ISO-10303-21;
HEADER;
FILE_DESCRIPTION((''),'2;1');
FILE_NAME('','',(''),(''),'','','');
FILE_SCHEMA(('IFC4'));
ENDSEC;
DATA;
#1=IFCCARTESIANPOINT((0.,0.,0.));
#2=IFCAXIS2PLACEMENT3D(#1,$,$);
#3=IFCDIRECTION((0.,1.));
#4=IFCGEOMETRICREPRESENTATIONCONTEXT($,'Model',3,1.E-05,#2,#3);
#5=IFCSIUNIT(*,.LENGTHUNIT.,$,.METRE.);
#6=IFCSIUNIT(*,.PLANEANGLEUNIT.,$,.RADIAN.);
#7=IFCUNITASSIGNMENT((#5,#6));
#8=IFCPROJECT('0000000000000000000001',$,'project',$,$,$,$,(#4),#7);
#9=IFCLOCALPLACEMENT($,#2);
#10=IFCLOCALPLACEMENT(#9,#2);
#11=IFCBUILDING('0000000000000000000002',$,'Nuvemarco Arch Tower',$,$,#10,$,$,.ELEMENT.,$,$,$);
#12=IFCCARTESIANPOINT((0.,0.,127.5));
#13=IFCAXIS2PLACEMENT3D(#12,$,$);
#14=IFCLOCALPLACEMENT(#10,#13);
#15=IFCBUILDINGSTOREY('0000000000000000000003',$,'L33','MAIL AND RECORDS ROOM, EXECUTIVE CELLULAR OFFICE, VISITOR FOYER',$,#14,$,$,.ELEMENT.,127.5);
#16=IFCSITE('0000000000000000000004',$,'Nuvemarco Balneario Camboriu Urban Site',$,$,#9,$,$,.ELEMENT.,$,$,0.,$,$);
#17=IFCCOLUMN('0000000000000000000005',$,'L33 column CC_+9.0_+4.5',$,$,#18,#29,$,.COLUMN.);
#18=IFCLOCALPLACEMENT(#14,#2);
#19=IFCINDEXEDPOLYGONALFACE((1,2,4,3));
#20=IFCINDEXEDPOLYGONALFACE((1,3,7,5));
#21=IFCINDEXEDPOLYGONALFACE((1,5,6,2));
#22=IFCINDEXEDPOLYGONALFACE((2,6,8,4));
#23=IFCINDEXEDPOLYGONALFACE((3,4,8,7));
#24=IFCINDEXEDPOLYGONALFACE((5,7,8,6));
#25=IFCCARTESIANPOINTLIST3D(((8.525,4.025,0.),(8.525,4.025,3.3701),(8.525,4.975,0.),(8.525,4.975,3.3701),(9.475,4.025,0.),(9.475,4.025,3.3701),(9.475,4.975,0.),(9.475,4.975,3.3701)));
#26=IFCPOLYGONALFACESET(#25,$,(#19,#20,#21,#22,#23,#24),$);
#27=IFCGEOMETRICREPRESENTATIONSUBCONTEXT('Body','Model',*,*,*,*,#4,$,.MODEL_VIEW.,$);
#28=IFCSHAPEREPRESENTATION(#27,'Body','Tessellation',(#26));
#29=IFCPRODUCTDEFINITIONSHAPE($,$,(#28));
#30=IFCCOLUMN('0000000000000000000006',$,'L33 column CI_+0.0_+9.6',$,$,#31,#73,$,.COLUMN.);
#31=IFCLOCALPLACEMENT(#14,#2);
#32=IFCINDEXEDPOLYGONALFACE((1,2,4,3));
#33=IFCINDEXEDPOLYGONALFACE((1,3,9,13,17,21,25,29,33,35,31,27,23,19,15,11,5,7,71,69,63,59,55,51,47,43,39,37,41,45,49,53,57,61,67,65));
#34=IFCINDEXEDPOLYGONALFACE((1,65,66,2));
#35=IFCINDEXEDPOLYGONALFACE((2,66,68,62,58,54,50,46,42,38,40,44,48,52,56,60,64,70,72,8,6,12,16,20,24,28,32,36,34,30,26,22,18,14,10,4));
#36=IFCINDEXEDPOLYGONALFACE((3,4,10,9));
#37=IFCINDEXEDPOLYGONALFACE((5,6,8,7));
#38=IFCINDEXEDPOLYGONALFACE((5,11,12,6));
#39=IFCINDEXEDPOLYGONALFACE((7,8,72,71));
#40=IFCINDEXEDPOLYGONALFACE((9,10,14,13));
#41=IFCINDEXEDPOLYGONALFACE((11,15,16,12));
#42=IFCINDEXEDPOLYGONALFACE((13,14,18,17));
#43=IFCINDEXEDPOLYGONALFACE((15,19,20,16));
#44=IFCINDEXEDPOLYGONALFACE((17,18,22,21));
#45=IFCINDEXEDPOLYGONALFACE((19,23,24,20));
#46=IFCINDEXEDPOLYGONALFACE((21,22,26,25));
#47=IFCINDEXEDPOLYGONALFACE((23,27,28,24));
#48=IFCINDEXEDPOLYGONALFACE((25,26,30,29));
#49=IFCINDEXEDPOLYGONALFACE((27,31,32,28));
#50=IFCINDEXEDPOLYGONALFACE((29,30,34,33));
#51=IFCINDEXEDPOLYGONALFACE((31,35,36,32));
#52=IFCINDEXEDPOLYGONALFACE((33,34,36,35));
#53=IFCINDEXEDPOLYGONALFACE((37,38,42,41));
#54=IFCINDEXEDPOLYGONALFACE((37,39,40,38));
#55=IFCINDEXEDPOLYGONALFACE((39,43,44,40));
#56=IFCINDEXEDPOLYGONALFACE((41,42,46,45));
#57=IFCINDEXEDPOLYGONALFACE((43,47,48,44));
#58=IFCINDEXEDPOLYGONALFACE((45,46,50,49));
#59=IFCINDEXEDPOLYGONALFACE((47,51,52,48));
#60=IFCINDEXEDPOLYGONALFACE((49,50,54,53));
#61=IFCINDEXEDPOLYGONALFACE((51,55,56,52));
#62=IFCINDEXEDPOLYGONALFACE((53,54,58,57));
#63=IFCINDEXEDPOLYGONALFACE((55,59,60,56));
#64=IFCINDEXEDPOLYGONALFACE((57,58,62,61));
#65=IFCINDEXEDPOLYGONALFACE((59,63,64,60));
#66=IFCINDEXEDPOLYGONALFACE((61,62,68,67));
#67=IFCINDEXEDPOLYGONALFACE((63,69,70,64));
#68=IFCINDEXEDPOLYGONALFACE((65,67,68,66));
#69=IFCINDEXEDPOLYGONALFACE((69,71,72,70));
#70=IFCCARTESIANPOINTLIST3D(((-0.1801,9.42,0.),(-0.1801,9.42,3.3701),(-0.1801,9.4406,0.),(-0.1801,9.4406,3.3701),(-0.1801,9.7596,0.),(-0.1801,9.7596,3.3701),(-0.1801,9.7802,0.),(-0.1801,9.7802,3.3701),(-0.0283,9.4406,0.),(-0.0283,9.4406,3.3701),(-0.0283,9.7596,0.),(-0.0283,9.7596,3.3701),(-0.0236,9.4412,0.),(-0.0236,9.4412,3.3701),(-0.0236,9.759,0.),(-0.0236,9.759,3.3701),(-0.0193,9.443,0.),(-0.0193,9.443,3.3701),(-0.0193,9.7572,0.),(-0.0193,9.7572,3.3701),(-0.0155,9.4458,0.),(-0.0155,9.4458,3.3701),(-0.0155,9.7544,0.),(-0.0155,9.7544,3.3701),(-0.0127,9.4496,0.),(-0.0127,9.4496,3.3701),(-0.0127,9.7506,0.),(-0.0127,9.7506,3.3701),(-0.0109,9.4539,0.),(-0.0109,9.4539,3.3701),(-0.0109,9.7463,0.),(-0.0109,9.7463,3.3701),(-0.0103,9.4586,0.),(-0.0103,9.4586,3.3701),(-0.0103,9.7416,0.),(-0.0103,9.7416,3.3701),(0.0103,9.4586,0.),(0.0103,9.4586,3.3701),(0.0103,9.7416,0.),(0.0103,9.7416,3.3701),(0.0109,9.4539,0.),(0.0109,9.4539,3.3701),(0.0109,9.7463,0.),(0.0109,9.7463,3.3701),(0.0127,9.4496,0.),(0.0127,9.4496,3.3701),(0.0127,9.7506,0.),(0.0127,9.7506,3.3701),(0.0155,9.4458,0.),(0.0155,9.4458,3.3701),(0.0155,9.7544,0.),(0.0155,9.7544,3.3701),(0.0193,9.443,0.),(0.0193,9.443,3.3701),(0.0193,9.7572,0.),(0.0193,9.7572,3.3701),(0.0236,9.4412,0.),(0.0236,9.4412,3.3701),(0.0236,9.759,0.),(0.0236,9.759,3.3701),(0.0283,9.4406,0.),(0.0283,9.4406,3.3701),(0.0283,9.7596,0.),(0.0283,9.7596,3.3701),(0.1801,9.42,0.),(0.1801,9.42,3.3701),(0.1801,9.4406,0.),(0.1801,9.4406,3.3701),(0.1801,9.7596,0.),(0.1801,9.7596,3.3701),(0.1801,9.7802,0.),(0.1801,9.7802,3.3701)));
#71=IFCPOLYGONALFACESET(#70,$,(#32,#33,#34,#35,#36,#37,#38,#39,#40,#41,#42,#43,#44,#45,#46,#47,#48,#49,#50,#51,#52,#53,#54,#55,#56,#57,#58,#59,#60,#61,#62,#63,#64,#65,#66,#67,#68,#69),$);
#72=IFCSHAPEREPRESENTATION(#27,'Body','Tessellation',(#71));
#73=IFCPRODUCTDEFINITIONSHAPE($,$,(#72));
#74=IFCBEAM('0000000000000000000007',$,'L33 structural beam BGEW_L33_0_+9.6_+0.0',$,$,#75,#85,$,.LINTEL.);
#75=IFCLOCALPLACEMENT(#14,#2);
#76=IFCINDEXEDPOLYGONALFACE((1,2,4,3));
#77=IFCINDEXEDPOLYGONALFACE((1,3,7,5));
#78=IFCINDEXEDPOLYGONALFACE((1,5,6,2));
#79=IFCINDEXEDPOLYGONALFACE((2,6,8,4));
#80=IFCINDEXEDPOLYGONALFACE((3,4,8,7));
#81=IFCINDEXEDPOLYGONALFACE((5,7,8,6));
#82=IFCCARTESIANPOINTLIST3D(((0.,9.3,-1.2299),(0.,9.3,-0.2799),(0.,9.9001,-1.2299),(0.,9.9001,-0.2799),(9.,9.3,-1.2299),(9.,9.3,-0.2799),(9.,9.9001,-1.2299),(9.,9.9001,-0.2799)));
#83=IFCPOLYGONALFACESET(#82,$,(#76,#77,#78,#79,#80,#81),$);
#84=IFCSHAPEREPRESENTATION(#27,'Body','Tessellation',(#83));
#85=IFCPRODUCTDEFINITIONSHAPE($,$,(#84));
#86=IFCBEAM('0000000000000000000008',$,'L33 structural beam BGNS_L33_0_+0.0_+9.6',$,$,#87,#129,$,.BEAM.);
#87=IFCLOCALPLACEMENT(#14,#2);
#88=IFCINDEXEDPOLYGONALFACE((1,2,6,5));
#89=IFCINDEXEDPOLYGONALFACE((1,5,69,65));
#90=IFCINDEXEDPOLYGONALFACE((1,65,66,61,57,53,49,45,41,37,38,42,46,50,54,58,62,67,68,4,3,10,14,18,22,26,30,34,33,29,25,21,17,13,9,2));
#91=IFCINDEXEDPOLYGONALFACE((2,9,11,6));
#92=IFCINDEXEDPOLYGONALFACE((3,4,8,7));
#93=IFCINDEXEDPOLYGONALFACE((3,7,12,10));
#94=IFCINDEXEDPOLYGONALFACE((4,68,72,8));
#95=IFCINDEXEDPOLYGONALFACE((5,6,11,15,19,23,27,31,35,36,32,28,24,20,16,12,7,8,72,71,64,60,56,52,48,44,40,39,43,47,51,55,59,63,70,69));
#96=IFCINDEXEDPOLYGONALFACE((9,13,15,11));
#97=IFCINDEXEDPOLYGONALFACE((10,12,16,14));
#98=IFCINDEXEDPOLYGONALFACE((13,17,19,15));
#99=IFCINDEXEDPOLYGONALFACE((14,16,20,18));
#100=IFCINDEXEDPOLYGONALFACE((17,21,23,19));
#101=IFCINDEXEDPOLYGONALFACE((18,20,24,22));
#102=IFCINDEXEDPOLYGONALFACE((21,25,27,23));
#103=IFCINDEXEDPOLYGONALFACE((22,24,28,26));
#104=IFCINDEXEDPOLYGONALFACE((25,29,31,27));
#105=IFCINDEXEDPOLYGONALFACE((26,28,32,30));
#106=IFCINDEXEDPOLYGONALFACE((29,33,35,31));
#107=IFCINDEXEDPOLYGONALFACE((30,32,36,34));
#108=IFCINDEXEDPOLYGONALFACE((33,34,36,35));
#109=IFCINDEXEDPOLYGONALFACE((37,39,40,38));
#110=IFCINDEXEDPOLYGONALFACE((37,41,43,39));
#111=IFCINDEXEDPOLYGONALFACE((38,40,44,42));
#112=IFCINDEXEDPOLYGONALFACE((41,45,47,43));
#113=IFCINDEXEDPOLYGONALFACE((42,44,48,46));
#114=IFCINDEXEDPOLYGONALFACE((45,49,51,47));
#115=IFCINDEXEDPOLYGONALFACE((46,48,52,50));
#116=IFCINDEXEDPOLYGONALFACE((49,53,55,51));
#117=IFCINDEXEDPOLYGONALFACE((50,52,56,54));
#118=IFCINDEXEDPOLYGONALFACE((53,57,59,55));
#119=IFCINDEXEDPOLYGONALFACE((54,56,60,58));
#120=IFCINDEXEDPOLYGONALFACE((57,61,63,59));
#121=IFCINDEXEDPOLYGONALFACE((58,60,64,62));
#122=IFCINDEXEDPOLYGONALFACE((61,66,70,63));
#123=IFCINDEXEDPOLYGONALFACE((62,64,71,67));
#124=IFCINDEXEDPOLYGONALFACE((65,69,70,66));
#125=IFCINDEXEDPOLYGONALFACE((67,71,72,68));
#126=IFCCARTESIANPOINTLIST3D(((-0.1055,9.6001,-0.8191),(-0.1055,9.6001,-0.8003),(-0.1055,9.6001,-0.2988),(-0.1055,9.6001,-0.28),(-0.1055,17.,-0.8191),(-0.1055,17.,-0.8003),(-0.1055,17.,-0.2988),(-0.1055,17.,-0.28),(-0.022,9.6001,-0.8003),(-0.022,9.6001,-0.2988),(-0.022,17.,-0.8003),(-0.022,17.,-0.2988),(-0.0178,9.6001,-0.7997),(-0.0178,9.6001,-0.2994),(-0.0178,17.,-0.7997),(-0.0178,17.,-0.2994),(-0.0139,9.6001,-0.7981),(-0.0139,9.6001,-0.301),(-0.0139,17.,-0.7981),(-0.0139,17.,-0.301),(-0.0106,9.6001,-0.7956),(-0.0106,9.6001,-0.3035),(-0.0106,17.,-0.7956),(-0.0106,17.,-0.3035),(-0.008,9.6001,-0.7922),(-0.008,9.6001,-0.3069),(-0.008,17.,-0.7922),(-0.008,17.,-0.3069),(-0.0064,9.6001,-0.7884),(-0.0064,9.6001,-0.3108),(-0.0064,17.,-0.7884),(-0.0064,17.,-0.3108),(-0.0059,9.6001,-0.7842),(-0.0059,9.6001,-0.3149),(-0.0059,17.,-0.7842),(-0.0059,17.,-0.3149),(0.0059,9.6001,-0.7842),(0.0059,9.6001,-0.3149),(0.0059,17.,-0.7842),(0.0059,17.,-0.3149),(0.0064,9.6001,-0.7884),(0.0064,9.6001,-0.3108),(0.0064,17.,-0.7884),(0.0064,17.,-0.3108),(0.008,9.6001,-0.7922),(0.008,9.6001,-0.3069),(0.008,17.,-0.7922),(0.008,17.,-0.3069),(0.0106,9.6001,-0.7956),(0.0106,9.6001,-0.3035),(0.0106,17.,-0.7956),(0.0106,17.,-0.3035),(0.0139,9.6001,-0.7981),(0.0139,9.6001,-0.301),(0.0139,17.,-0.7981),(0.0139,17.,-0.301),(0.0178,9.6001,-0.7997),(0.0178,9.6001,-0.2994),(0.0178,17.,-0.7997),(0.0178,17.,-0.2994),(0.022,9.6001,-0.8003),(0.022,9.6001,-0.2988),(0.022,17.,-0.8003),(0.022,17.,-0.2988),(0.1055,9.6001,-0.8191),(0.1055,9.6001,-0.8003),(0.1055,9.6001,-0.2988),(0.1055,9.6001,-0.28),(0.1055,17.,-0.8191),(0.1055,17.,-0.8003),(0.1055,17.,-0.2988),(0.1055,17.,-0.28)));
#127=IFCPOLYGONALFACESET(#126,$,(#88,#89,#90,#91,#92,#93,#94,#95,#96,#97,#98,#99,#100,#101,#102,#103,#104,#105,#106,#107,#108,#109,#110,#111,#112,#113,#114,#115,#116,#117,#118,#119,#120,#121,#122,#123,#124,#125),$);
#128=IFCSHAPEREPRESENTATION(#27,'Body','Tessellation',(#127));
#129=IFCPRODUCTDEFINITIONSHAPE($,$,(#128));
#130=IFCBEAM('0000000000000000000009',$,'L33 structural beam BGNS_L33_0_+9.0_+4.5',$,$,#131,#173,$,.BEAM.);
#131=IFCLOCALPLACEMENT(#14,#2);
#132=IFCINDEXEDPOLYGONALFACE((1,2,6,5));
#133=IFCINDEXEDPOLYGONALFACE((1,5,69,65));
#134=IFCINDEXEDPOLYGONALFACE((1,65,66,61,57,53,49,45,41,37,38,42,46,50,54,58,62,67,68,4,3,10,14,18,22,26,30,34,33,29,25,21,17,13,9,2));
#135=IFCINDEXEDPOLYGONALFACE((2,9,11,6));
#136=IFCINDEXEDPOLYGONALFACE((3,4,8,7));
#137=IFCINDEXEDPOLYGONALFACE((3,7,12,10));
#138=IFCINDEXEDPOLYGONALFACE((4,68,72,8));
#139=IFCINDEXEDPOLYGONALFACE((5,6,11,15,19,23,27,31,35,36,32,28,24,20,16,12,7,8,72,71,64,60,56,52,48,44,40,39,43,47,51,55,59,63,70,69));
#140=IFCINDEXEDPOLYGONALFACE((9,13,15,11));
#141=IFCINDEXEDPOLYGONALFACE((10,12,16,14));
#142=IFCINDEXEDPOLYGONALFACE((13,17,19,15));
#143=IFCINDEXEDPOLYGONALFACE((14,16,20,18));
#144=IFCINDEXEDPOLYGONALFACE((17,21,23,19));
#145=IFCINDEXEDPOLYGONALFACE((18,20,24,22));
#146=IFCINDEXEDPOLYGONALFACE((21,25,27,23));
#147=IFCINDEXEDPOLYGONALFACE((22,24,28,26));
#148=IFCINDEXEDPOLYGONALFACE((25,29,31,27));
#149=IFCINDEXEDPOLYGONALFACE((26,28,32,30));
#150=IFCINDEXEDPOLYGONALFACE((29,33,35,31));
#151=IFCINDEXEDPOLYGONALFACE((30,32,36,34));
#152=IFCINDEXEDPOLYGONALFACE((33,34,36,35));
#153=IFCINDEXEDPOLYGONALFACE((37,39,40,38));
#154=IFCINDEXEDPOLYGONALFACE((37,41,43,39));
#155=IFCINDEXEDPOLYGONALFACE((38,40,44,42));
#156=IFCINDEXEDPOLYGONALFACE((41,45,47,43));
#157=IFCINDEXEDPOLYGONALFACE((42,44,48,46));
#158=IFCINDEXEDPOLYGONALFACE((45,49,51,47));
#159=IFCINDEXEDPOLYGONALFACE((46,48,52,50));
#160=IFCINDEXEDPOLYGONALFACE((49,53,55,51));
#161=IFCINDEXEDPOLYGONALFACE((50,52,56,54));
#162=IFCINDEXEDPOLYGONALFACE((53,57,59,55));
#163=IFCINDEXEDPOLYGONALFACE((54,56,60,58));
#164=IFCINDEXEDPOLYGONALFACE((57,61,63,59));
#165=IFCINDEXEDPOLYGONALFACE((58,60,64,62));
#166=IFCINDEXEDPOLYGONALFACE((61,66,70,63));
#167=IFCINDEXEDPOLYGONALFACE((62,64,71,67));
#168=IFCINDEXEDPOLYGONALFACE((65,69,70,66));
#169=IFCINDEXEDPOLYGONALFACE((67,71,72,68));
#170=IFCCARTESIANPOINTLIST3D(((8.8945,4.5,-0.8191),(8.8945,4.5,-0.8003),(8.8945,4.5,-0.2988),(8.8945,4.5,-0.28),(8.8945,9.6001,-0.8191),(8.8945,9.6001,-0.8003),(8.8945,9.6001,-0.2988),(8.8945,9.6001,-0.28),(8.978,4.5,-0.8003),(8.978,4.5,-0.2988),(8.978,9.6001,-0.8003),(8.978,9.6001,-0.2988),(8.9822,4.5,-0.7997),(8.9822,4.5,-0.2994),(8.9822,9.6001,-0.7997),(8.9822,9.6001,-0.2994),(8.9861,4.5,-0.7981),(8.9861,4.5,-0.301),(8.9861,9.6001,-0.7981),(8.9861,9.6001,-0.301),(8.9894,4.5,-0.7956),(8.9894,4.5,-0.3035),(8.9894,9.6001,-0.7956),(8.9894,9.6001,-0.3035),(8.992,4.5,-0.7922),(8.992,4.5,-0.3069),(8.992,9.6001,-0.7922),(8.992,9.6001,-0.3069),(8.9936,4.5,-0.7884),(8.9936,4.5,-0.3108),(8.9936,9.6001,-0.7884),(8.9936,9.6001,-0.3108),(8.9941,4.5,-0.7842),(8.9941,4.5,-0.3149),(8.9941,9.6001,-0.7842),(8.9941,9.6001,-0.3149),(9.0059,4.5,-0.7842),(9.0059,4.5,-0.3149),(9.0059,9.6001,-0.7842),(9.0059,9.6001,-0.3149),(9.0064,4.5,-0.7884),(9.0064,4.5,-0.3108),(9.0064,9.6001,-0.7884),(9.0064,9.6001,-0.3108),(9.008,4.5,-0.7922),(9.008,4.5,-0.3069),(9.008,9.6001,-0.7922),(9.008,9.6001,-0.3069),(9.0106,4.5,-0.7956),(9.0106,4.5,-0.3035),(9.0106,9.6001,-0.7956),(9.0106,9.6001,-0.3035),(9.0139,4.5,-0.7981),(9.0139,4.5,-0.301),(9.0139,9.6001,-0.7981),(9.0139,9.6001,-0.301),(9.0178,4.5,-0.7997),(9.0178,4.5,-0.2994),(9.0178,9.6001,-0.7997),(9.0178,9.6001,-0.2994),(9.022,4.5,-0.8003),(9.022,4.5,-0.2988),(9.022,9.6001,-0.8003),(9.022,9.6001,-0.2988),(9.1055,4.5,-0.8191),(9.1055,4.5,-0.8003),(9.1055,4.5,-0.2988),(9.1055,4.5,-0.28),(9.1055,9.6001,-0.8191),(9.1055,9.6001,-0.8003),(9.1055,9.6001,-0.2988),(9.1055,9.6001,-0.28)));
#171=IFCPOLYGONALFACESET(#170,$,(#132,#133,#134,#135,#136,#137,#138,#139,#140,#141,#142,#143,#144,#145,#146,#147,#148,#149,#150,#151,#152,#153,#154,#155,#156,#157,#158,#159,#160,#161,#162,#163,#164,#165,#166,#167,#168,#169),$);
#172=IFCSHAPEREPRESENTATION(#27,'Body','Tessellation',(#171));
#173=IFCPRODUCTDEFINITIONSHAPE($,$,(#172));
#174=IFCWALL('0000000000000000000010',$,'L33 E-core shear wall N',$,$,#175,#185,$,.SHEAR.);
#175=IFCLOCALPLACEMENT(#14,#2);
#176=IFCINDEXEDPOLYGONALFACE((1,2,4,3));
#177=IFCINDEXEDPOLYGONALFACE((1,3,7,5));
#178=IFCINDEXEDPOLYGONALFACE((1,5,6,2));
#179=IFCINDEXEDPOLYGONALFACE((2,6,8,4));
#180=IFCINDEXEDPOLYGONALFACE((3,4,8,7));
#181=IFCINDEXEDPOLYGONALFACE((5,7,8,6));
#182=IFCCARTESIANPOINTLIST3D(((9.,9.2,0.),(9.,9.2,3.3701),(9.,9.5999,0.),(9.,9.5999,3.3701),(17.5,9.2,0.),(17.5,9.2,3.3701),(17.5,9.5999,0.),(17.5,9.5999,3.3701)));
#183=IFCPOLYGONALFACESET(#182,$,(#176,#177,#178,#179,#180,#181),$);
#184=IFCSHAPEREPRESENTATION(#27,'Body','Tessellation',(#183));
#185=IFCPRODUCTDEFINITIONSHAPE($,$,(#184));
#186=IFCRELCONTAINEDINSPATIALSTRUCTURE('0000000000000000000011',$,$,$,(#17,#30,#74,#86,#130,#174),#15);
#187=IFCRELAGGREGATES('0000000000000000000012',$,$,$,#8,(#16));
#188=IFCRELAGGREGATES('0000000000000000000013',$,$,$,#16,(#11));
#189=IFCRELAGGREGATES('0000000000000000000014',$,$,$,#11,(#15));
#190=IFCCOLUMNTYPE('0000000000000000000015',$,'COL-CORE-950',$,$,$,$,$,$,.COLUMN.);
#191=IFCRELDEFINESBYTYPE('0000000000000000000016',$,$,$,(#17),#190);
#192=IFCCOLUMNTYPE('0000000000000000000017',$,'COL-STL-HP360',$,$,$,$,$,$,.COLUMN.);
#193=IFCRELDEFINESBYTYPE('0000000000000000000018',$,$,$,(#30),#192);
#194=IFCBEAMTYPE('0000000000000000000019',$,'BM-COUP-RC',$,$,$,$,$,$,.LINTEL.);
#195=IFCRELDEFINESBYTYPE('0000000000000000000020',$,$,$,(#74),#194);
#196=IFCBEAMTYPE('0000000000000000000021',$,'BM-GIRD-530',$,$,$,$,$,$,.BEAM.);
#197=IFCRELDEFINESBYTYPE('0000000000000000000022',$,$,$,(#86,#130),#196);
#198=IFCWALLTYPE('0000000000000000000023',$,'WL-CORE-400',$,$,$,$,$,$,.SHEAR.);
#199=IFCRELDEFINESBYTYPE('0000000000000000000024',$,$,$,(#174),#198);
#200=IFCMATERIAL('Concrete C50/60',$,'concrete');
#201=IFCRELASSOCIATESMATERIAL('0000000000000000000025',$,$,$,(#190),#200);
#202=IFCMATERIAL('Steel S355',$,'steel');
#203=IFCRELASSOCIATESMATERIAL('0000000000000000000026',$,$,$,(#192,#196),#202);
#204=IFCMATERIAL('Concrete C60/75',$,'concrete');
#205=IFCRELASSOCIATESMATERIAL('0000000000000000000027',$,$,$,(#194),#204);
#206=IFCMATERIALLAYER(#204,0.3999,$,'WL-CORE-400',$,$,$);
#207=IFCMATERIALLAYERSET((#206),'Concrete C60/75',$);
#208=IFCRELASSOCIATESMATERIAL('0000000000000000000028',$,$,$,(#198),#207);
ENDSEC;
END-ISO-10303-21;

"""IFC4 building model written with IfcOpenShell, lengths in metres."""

from ifc_helpers import new_model, si_unit, direction, frame, frame_2d, origin, origin_2d, place, context, subcontext, project, spatial, rectangle, i_section, extrude, material, layer, layer_set, material_profile, profile_set, type_object, element, save


model = new_model("IFC4")

# Units and contexts
model_context = context("Model", 3, precision=1e-05, world=origin(), true_north=direction((0.0, 1.0)))
body_context = subcontext(model_context, "Body", "Model", "MODEL_VIEW")
ifc_project = project(units=[si_unit("LENGTHUNIT", "METRE"), si_unit("PLANEANGLEUNIT", "RADIAN")], contexts=[model_context])

# Site, building, storey
site_placement = place(None, origin())
site = spatial("IfcSite", under=ifc_project, at=site_placement, Name="Nuvemarco Balneario Camboriu Urban Site", CompositionType="ELEMENT", RefElevation=0.0)
building_placement = place(site_placement, origin())
building = spatial("IfcBuilding", under=site, at=building_placement, Name="Nuvemarco Arch Tower", CompositionType="ELEMENT")
storey_placement = place(building_placement, frame((0.0, 0.0, 127.5)))
storey = spatial("IfcBuildingStorey", under=building, at=storey_placement, Name="L33", Description="MAIL AND RECORDS ROOM, EXECUTIVE CELLULAR OFFICE, VISITOR FOYER", CompositionType="ELEMENT", Elevation=127.5)

# Columns
ifc_material_1 = material(Name="Concrete C50/60", Category="concrete")
ifc_material_profile_1 = material_profile(ifc_material_1, rectangle(XDim=0.95, YDim=0.95, at=origin_2d()), Name="RC-COL-950x950")
ifc_profile_set_1 = profile_set([ifc_material_profile_1], Name="Concrete C50/60")
column_type_1 = type_object("IfcColumnType", Name="COL-CORE-950", PredefinedType="COLUMN", material=ifc_profile_set_1)
column_1_placement = place(storey_placement, frame((9.0, 4.5, 0.0), z_axis=(0.0, 0.0, 1.0), x_axis=(1.0, 0.0, 0.0)))
element("IfcColumn", 1, at=column_1_placement, inside=storey, type_object=column_type_1, Name="L33 column CC_+9.0_+4.5", PredefinedType="COLUMN", context=body_context, shape_type="SweptSolid", body=[
    extrude(rectangle(XDim=0.95, YDim=0.95, at=origin_2d()), origin(), (0.0, 0.0, 1.0), 3.3701),
])
ifc_material_2 = material(Name="Steel S355", Category="steel")
ifc_material_profile_2 = material_profile(ifc_material_2, i_section(OverallWidth=0.3601, OverallDepth=0.3601, WebThickness=0.0205, FlangeThickness=0.0205, FilletRadius=0.0181, at=origin_2d()), Name="HP360x174")
ifc_profile_set_2 = profile_set([ifc_material_profile_2], Name="Steel S355")
column_type_2 = type_object("IfcColumnType", Name="COL-STL-HP360", PredefinedType="COLUMN", material=ifc_profile_set_2)
column_2_placement = place(storey_placement, frame((0.0, 9.6001, 0.0), z_axis=(0.0, 0.0, 1.0), x_axis=(1.0, 0.0, 0.0)))
element("IfcColumn", 2, at=column_2_placement, inside=storey, type_object=column_type_2, Name="L33 column CI_+0.0_+9.6", PredefinedType="COLUMN", context=body_context, shape_type="SweptSolid", body=[
    extrude(i_section(OverallWidth=0.3601, OverallDepth=0.3601, WebThickness=0.0205, FlangeThickness=0.0205, FilletRadius=0.0181, at=origin_2d()), origin(), (0.0, 0.0, 1.0), 3.3701),
])

# Beams
ifc_material_3 = material(Name="Concrete C60/75", Category="concrete")
ifc_material_profile_3 = material_profile(ifc_material_3, rectangle(XDim=0.6001, YDim=0.95, at=origin_2d()), Name="RC-BM-600x950")
ifc_profile_set_3 = profile_set([ifc_material_profile_3], Name="Concrete C60/75")
beam_type_1 = type_object("IfcBeamType", Name="BM-COUP-RC", PredefinedType="LINTEL", material=ifc_profile_set_3)
beam_1_placement = place(storey_placement, frame((0.0, 9.6001, -0.7549), z_axis=(1.0, 0.0, 0.0), x_axis=(0.0, 1.0, 0.0)))
element("IfcBeam", 3, at=beam_1_placement, inside=storey, type_object=beam_type_1, Name="L33 structural beam BGEW_L33_0_+9.6_+0.0", PredefinedType="LINTEL", context=body_context, shape_type="SweptSolid", body=[
    extrude(rectangle(XDim=0.6001, YDim=0.95, at=origin_2d()), origin(), (0.0, 0.0, 1.0), 9.0),
])
ifc_material_profile_4 = material_profile(ifc_material_2, i_section(OverallWidth=0.2109, OverallDepth=0.5391, WebThickness=0.0117, FlangeThickness=0.0188, FilletRadius=0.0161, at=origin_2d()), Name="W530x109")
ifc_profile_set_4 = profile_set([ifc_material_profile_4], Name="Steel S355")
beam_type_2 = type_object("IfcBeamType", Name="BM-GIRD-530", PredefinedType="BEAM", material=ifc_profile_set_4)
beam_2_placement = place(storey_placement, frame((0.0, 9.6001, -0.5496), z_axis=(0.0, 1.0, 0.0), x_axis=(-1.0, 0.0, 0.0)))
element("IfcBeam", 4, at=beam_2_placement, inside=storey, type_object=beam_type_2, Name="L33 structural beam BGNS_L33_0_+0.0_+9.6", PredefinedType="BEAM", context=body_context, shape_type="SweptSolid", body=[
    extrude(i_section(OverallWidth=0.2109, OverallDepth=0.5391, WebThickness=0.0117, FlangeThickness=0.0188, FilletRadius=0.0161, at=origin_2d()), origin(), (0.0, 0.0, 1.0), 7.3999),
])
beam_3_placement = place(storey_placement, frame((9.0, 4.5, -0.5496), z_axis=(0.0, 1.0, 0.0), x_axis=(-1.0, 0.0, 0.0)))
element("IfcBeam", 5, at=beam_3_placement, inside=storey, type_object=beam_type_2, Name="L33 structural beam BGNS_L33_0_+9.0_+4.5", PredefinedType="BEAM", context=body_context, shape_type="SweptSolid", body=[
    extrude(i_section(OverallWidth=0.2109, OverallDepth=0.5391, WebThickness=0.0117, FlangeThickness=0.0188, FilletRadius=0.0161, at=origin_2d()), origin(), (0.0, 0.0, 1.0), 5.1001),
])

# Wall
ifc_layer_1 = layer(ifc_material_3, 0.3999, Name="WL-CORE-400")
ifc_layer_set_1 = layer_set([ifc_layer_1], Name="Concrete C60/75")
wall_type_1 = type_object("IfcWallType", Name="WL-CORE-400", PredefinedType="SHEAR", material=ifc_layer_set_1)
wall_1_placement = place(storey_placement, frame((9.0, 9.3999, 0.0), z_axis=(0.0, 0.0, 1.0), x_axis=(1.0, 0.0, 0.0)))
element("IfcWall", 6, at=wall_1_placement, inside=storey, type_object=wall_type_1, Name="L33 E-core shear wall N", PredefinedType="SHEAR", context=body_context, shape_type="SweptSolid", body=[
    extrude(rectangle(XDim=8.5, YDim=0.3999, at=frame_2d((4.25, 0.0))), origin(), (0.0, 0.0, 1.0), 3.3701),
])

save(model, "model.ifc")
